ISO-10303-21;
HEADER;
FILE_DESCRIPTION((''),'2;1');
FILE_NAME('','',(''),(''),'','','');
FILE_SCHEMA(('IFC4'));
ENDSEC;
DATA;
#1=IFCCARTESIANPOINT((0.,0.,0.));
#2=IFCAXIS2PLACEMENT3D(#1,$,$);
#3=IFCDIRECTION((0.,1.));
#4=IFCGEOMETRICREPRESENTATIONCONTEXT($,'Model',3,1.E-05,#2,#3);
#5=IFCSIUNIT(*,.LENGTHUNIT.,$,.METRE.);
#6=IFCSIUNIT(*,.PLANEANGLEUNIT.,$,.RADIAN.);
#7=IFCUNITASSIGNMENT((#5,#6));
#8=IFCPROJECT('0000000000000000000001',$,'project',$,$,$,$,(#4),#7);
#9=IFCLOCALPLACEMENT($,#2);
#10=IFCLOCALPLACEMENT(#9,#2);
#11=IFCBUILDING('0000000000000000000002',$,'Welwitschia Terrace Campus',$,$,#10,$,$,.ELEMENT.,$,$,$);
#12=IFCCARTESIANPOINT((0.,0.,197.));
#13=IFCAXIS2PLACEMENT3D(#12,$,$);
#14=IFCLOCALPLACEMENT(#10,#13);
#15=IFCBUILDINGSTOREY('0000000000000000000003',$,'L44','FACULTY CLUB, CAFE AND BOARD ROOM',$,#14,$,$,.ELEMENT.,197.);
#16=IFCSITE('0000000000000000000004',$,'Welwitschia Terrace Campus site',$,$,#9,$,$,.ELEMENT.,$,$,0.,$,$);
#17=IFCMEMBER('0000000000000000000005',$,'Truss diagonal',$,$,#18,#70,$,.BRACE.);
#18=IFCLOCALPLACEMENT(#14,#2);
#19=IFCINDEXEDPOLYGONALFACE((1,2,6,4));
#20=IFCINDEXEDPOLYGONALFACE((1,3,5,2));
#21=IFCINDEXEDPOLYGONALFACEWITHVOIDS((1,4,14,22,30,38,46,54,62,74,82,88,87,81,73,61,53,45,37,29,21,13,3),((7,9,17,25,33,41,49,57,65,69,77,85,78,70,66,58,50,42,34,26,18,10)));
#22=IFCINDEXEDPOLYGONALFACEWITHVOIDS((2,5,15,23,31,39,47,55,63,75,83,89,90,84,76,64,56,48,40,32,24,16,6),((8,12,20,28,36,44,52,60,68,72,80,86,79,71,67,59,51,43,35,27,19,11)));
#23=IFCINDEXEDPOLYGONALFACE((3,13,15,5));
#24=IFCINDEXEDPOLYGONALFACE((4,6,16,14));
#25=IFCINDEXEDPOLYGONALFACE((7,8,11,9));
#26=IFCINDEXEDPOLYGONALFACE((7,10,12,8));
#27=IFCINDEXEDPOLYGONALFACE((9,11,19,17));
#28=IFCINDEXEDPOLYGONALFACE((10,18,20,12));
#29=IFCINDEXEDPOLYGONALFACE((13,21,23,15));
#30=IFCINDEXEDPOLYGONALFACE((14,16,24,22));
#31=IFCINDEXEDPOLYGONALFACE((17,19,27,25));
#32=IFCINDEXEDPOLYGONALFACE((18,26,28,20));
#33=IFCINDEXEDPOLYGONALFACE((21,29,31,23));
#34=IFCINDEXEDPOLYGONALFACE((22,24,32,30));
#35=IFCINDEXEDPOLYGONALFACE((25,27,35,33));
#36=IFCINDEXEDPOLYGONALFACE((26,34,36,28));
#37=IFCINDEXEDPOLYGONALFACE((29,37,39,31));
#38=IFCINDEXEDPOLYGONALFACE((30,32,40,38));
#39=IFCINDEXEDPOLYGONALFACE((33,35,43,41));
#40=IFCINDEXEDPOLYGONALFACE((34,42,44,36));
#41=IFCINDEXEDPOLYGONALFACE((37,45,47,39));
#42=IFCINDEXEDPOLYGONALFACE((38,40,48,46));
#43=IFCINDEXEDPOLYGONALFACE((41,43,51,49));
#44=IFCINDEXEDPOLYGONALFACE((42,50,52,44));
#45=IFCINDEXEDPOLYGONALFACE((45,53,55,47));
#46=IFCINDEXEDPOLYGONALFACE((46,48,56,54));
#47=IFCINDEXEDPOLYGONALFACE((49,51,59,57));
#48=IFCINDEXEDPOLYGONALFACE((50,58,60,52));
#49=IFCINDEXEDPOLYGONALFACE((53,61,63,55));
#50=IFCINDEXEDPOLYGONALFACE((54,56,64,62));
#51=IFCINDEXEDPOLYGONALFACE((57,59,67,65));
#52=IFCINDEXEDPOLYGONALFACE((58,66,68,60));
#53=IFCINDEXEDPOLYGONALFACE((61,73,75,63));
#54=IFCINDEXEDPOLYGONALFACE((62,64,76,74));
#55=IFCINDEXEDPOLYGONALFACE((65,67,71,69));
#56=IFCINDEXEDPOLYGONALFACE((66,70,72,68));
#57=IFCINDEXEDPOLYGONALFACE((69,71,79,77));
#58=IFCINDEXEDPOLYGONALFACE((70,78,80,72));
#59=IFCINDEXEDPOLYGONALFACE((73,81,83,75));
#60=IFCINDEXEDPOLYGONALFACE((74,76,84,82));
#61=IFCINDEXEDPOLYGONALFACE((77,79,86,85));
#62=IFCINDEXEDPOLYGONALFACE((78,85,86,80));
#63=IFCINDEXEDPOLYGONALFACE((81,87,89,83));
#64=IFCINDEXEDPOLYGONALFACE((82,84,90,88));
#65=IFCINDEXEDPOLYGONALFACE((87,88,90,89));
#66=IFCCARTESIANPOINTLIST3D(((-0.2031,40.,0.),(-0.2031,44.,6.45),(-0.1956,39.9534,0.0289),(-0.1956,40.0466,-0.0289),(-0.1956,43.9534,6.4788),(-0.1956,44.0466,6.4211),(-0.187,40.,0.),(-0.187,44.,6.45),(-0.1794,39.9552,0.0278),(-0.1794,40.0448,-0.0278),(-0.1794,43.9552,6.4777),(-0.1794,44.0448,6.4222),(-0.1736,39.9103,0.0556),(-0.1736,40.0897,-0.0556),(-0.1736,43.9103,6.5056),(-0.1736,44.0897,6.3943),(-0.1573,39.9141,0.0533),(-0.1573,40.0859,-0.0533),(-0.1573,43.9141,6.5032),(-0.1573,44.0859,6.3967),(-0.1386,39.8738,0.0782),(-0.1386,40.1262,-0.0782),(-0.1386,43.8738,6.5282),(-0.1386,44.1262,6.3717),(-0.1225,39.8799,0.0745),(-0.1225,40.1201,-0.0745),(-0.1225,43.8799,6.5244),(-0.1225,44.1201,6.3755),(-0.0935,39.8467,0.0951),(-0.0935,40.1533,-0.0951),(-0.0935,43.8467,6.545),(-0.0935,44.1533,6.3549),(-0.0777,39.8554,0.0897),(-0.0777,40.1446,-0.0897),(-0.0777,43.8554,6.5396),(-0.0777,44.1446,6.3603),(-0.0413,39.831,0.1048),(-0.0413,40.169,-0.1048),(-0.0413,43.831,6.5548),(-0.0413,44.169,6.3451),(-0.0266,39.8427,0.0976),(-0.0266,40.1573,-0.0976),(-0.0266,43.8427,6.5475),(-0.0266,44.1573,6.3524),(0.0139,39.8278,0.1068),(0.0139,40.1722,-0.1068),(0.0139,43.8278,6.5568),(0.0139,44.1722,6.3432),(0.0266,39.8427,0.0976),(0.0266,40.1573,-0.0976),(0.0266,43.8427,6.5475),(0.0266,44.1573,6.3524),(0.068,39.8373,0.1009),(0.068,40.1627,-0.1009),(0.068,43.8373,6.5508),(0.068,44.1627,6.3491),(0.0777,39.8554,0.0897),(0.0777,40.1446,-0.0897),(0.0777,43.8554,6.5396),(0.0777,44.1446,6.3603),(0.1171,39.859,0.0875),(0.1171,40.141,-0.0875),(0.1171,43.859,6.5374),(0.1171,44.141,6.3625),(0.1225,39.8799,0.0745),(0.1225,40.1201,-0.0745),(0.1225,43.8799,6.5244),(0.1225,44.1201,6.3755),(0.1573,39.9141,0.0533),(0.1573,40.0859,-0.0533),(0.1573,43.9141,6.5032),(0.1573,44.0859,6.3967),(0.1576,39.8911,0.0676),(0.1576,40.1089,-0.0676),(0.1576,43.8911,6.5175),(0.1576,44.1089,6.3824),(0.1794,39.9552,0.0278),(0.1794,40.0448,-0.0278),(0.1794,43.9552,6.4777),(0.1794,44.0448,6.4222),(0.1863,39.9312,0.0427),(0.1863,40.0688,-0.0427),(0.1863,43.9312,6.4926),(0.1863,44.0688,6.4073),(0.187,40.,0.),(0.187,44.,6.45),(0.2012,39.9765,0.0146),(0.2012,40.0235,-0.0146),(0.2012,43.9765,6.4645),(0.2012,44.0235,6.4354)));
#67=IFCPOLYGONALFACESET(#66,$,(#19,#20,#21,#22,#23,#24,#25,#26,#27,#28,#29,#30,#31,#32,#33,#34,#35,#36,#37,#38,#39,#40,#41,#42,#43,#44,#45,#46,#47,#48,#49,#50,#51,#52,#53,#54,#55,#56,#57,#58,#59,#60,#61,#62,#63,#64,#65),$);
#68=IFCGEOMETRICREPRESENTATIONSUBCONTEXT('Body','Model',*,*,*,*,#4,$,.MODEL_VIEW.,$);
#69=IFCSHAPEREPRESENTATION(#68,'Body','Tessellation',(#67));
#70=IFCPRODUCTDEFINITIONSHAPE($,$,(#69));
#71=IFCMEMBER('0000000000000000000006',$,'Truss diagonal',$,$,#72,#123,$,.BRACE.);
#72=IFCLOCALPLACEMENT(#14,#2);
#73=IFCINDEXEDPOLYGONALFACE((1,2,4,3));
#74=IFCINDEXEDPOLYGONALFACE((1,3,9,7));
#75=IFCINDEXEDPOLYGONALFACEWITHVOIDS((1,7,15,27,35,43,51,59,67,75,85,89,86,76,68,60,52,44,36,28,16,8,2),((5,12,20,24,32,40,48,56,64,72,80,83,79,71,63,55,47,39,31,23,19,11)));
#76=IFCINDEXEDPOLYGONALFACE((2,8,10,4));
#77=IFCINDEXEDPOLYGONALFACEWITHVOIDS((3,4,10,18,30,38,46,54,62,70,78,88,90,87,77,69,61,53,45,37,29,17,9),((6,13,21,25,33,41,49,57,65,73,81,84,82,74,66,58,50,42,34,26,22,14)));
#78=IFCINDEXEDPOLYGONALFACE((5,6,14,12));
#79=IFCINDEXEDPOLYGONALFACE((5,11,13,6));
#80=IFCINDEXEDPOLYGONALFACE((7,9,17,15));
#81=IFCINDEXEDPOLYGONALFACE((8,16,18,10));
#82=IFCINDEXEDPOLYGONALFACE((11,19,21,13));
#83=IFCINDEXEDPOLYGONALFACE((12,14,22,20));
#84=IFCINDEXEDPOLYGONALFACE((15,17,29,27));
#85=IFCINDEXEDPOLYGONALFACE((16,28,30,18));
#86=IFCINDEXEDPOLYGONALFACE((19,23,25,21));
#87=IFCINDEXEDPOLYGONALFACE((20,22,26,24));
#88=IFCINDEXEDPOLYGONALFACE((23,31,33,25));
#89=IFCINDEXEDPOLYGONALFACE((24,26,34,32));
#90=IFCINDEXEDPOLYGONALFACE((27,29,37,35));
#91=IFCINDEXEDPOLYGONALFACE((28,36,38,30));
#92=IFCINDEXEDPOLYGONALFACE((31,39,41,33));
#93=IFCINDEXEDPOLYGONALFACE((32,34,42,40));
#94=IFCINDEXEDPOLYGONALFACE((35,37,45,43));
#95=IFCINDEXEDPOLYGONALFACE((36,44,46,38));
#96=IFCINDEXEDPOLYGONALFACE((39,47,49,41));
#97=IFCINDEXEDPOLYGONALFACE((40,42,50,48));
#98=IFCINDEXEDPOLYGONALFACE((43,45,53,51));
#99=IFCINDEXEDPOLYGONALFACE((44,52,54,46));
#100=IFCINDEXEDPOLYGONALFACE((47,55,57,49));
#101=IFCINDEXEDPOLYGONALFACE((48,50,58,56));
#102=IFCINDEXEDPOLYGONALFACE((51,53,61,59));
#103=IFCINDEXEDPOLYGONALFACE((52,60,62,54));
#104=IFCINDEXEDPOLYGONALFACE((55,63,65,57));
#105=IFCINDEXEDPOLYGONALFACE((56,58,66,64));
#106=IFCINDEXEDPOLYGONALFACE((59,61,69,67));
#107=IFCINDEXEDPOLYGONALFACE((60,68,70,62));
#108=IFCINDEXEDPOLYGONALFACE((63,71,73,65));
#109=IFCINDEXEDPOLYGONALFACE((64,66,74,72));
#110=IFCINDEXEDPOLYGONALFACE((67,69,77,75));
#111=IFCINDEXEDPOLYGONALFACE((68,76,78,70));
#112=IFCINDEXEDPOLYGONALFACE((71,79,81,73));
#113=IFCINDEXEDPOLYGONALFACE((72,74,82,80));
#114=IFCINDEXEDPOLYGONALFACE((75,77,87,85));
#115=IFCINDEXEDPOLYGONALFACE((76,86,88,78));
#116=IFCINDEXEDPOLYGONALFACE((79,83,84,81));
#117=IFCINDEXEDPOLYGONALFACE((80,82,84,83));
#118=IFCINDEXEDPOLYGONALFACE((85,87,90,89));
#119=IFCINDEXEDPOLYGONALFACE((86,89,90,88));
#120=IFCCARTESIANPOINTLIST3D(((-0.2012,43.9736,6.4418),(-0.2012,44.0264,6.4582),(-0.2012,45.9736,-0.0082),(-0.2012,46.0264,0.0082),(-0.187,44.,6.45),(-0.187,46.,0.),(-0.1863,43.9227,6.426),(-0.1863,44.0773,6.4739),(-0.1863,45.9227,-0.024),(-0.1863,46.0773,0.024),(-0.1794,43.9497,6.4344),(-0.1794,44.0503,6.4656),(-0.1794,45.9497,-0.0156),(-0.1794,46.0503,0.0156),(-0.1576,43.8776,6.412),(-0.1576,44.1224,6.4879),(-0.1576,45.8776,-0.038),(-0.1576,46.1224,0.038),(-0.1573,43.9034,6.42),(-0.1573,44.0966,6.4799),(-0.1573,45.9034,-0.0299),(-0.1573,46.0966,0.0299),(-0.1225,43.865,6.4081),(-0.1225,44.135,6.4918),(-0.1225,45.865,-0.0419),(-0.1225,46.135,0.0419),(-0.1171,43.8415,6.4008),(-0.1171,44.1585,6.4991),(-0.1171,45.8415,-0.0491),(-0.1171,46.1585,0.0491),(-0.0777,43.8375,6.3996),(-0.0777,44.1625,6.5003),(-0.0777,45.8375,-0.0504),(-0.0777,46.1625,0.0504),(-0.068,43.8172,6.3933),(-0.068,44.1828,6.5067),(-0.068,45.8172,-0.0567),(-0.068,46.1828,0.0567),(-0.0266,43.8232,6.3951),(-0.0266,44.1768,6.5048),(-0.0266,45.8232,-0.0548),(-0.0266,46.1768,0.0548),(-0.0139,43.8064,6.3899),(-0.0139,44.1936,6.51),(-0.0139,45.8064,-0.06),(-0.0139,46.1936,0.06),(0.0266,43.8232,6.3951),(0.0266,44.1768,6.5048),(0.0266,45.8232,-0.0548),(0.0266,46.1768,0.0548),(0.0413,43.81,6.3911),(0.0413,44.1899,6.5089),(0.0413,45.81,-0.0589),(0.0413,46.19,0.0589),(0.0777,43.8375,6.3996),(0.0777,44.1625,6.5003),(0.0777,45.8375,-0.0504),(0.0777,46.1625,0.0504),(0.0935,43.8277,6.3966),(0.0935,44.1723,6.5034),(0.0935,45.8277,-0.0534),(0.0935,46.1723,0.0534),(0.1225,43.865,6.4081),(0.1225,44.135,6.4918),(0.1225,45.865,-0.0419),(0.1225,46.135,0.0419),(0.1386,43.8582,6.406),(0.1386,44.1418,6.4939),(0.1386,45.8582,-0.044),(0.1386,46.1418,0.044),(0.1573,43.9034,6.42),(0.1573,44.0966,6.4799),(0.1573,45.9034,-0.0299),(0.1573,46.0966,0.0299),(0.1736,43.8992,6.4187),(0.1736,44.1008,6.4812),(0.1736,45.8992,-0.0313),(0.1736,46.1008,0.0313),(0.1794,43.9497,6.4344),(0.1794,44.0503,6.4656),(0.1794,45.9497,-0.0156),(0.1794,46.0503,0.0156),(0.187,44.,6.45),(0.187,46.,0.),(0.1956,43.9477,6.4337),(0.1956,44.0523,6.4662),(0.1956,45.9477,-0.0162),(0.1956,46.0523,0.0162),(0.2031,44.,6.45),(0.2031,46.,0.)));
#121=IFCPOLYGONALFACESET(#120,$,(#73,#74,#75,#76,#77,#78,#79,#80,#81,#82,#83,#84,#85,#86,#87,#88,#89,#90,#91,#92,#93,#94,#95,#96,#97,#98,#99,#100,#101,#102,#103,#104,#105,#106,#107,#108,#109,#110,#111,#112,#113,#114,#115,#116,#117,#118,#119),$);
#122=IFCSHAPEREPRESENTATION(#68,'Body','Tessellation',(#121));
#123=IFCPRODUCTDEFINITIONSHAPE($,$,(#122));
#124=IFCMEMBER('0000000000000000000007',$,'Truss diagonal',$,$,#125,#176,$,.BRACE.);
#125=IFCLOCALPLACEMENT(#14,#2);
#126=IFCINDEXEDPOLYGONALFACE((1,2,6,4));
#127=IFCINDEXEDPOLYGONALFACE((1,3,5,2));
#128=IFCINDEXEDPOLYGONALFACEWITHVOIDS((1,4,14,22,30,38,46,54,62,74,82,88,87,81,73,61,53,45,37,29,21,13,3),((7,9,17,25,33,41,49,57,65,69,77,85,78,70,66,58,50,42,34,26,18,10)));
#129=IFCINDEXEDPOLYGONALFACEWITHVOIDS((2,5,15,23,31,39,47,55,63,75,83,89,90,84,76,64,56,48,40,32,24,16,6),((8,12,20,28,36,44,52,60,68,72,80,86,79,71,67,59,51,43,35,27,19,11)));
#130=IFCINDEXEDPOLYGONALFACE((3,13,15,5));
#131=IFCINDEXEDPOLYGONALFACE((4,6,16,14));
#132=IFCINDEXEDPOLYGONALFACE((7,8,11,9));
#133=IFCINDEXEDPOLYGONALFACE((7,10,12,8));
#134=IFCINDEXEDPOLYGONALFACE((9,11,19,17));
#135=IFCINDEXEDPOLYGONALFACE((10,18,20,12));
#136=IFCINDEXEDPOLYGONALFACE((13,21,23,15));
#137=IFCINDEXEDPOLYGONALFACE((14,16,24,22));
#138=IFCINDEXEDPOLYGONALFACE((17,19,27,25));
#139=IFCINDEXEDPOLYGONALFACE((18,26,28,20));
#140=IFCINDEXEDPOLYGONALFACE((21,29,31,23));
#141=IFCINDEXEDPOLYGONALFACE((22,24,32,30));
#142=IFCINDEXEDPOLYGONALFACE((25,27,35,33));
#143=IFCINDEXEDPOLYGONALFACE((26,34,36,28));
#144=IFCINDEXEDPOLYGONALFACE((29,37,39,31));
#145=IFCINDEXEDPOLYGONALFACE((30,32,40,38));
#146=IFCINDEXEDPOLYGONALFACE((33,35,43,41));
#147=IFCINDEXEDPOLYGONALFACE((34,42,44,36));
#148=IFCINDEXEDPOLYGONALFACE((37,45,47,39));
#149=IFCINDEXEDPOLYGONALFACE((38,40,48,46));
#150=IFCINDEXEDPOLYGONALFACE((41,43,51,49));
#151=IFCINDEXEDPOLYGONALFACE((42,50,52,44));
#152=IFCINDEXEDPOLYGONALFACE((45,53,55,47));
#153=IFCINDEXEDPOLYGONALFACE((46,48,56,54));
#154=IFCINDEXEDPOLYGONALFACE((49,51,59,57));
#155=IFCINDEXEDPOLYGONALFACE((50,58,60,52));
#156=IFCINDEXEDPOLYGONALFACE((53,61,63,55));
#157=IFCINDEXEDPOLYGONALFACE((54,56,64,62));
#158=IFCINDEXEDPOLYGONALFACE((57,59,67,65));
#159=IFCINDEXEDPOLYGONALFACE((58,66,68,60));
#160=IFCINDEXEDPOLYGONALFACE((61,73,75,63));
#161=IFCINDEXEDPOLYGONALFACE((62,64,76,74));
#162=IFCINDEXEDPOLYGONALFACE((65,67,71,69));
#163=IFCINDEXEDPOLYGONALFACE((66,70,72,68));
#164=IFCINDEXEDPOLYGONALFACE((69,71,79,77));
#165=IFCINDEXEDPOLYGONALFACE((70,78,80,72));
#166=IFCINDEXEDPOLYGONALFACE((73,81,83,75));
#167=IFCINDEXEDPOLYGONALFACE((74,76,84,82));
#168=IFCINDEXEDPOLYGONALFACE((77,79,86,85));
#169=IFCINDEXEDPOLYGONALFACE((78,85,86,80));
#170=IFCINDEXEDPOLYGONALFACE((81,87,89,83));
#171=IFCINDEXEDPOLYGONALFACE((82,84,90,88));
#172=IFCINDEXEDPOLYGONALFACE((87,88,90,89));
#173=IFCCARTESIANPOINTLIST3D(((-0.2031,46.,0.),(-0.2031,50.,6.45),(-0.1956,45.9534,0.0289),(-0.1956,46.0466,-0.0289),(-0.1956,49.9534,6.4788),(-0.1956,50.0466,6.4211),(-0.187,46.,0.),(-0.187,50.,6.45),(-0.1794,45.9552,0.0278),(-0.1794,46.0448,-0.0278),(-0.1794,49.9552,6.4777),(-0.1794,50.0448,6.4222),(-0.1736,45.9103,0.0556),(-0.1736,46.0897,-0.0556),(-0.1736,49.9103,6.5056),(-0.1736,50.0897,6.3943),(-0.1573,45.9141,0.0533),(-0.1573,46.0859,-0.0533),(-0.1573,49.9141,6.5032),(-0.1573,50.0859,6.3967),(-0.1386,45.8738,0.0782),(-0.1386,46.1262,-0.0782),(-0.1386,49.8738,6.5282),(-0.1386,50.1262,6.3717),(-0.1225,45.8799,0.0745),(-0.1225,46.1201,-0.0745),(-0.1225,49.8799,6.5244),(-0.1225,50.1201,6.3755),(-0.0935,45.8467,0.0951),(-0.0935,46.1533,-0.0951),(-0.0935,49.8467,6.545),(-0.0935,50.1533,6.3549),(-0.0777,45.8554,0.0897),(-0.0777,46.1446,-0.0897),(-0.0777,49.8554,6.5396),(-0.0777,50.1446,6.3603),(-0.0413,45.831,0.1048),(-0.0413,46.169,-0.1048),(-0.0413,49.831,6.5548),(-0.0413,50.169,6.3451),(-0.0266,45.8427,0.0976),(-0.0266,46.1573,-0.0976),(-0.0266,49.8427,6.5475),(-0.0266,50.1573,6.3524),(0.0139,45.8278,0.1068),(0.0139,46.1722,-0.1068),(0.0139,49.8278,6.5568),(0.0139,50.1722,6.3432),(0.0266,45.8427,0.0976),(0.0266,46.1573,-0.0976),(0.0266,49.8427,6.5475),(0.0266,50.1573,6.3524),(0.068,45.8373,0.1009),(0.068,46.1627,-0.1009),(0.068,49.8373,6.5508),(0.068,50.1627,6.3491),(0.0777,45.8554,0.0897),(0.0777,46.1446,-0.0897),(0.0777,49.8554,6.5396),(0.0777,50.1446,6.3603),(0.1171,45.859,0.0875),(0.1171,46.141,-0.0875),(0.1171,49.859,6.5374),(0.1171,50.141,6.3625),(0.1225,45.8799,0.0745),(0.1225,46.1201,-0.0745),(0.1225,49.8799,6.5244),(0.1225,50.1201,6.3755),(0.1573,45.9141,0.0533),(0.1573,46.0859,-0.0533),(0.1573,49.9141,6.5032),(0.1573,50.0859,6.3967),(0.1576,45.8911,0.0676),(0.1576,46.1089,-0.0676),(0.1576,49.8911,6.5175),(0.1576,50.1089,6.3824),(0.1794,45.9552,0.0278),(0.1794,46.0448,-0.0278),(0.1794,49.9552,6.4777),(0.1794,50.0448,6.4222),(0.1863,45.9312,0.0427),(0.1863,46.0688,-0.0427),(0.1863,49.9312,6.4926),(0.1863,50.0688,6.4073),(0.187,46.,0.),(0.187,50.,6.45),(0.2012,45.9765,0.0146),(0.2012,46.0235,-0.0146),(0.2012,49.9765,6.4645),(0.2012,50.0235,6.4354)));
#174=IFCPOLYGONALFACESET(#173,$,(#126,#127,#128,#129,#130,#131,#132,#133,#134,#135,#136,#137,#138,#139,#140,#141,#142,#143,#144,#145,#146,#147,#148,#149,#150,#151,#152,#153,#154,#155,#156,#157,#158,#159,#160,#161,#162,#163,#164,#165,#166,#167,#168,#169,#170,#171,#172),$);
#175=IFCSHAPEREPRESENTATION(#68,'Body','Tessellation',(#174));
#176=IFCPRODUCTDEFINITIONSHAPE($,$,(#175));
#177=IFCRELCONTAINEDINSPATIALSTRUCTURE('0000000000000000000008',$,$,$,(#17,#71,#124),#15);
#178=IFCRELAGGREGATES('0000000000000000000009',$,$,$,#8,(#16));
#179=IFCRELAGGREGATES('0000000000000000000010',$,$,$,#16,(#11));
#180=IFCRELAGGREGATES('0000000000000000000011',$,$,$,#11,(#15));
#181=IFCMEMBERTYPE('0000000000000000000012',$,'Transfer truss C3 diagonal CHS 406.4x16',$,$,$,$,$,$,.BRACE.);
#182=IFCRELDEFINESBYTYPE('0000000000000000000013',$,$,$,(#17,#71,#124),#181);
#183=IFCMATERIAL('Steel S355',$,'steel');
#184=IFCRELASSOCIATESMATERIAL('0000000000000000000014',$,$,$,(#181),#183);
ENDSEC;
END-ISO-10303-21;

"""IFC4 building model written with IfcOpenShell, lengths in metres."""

from ifc_helpers import new_model, si_unit, direction, frame, origin, origin_2d, place, context, subcontext, project, spatial, hollow_circle, extrude, material, material_profile, profile_set, type_object, element, save


model = new_model("IFC4")

# Units and contexts
model_context = context("Model", 3, precision=1e-05, world=origin(), true_north=direction((0.0, 1.0)))
body_context = subcontext(model_context, "Body", "Model", "MODEL_VIEW")
ifc_project = project(units=[si_unit("LENGTHUNIT", "METRE"), si_unit("PLANEANGLEUNIT", "RADIAN")], contexts=[model_context])

# Site, building, storey
site_placement = place(None, origin())
site = spatial("IfcSite", under=ifc_project, at=site_placement, Name="Welwitschia Terrace Campus site", CompositionType="ELEMENT", RefElevation=0.0)
building_placement = place(site_placement, origin())
building = spatial("IfcBuilding", under=site, at=building_placement, Name="Welwitschia Terrace Campus", CompositionType="ELEMENT")
storey_placement = place(building_placement, frame((0.0, 0.0, 197.0)))
storey = spatial("IfcBuildingStorey", under=building, at=storey_placement, Name="L44", Description="FACULTY CLUB, CAFE AND BOARD ROOM", CompositionType="ELEMENT", Elevation=197.0)

# Members
ifc_material_1 = material(Name="Steel S355", Category="steel")
ifc_material_profile_1 = material_profile(ifc_material_1, hollow_circle(Radius=0.2031, WallThickness=0.0161, at=origin_2d()))
ifc_profile_set_1 = profile_set([ifc_material_profile_1], Name="Steel S355")
member_type_1 = type_object("IfcMemberType", Name="Transfer truss C3 diagonal CHS 406.4x16", PredefinedType="BRACE", material=ifc_profile_set_1)
member_1_placement = place(storey_placement, frame((0.0, 40.0, 0.0), z_axis=(0.0, 0.527038, 0.849842), x_axis=(-1.0, 0.0, 0.0)))
element("IfcMember", 1, at=member_1_placement, inside=storey, type_object=member_type_1, Name="Truss diagonal", PredefinedType="BRACE", context=body_context, shape_type="SweptSolid", body=[
    extrude(hollow_circle(Radius=0.2031, WallThickness=0.0161, at=origin_2d()), origin(), (0.0, 0.0, 1.0), 7.5896),
])
member_2_placement = place(storey_placement, frame((0.0, 46.0, 0.0), z_axis=(0.0, -0.296168, 0.955136), x_axis=(1.0, 0.0, 0.0)))
element("IfcMember", 2, at=member_2_placement, inside=storey, type_object=member_type_1, Name="Truss diagonal", PredefinedType="BRACE", context=body_context, shape_type="SweptSolid", body=[
    extrude(hollow_circle(Radius=0.2031, WallThickness=0.0161, at=origin_2d()), origin(), (0.0, 0.0, 1.0), 6.7529),
])
for number, where, z_axis, x_axis, name in (
    (3, (0.0, 46.0, 0.0), (0.0, 0.527038, 0.849842), (-1.0, 0.0, 0.0), "Truss diagonal"),
):
    element("IfcMember", number, at=place(storey_placement, frame(where, z_axis=z_axis, x_axis=x_axis)), inside=storey, type_object=member_type_1, Name=name, PredefinedType="BRACE", context=body_context, shape_type="SweptSolid", body=[
        extrude(hollow_circle(Radius=0.2031, WallThickness=0.0161, at=origin_2d()), origin(), (0.0, 0.0, 1.0), 7.5896),
    ])

save(model, "model.ifc")
